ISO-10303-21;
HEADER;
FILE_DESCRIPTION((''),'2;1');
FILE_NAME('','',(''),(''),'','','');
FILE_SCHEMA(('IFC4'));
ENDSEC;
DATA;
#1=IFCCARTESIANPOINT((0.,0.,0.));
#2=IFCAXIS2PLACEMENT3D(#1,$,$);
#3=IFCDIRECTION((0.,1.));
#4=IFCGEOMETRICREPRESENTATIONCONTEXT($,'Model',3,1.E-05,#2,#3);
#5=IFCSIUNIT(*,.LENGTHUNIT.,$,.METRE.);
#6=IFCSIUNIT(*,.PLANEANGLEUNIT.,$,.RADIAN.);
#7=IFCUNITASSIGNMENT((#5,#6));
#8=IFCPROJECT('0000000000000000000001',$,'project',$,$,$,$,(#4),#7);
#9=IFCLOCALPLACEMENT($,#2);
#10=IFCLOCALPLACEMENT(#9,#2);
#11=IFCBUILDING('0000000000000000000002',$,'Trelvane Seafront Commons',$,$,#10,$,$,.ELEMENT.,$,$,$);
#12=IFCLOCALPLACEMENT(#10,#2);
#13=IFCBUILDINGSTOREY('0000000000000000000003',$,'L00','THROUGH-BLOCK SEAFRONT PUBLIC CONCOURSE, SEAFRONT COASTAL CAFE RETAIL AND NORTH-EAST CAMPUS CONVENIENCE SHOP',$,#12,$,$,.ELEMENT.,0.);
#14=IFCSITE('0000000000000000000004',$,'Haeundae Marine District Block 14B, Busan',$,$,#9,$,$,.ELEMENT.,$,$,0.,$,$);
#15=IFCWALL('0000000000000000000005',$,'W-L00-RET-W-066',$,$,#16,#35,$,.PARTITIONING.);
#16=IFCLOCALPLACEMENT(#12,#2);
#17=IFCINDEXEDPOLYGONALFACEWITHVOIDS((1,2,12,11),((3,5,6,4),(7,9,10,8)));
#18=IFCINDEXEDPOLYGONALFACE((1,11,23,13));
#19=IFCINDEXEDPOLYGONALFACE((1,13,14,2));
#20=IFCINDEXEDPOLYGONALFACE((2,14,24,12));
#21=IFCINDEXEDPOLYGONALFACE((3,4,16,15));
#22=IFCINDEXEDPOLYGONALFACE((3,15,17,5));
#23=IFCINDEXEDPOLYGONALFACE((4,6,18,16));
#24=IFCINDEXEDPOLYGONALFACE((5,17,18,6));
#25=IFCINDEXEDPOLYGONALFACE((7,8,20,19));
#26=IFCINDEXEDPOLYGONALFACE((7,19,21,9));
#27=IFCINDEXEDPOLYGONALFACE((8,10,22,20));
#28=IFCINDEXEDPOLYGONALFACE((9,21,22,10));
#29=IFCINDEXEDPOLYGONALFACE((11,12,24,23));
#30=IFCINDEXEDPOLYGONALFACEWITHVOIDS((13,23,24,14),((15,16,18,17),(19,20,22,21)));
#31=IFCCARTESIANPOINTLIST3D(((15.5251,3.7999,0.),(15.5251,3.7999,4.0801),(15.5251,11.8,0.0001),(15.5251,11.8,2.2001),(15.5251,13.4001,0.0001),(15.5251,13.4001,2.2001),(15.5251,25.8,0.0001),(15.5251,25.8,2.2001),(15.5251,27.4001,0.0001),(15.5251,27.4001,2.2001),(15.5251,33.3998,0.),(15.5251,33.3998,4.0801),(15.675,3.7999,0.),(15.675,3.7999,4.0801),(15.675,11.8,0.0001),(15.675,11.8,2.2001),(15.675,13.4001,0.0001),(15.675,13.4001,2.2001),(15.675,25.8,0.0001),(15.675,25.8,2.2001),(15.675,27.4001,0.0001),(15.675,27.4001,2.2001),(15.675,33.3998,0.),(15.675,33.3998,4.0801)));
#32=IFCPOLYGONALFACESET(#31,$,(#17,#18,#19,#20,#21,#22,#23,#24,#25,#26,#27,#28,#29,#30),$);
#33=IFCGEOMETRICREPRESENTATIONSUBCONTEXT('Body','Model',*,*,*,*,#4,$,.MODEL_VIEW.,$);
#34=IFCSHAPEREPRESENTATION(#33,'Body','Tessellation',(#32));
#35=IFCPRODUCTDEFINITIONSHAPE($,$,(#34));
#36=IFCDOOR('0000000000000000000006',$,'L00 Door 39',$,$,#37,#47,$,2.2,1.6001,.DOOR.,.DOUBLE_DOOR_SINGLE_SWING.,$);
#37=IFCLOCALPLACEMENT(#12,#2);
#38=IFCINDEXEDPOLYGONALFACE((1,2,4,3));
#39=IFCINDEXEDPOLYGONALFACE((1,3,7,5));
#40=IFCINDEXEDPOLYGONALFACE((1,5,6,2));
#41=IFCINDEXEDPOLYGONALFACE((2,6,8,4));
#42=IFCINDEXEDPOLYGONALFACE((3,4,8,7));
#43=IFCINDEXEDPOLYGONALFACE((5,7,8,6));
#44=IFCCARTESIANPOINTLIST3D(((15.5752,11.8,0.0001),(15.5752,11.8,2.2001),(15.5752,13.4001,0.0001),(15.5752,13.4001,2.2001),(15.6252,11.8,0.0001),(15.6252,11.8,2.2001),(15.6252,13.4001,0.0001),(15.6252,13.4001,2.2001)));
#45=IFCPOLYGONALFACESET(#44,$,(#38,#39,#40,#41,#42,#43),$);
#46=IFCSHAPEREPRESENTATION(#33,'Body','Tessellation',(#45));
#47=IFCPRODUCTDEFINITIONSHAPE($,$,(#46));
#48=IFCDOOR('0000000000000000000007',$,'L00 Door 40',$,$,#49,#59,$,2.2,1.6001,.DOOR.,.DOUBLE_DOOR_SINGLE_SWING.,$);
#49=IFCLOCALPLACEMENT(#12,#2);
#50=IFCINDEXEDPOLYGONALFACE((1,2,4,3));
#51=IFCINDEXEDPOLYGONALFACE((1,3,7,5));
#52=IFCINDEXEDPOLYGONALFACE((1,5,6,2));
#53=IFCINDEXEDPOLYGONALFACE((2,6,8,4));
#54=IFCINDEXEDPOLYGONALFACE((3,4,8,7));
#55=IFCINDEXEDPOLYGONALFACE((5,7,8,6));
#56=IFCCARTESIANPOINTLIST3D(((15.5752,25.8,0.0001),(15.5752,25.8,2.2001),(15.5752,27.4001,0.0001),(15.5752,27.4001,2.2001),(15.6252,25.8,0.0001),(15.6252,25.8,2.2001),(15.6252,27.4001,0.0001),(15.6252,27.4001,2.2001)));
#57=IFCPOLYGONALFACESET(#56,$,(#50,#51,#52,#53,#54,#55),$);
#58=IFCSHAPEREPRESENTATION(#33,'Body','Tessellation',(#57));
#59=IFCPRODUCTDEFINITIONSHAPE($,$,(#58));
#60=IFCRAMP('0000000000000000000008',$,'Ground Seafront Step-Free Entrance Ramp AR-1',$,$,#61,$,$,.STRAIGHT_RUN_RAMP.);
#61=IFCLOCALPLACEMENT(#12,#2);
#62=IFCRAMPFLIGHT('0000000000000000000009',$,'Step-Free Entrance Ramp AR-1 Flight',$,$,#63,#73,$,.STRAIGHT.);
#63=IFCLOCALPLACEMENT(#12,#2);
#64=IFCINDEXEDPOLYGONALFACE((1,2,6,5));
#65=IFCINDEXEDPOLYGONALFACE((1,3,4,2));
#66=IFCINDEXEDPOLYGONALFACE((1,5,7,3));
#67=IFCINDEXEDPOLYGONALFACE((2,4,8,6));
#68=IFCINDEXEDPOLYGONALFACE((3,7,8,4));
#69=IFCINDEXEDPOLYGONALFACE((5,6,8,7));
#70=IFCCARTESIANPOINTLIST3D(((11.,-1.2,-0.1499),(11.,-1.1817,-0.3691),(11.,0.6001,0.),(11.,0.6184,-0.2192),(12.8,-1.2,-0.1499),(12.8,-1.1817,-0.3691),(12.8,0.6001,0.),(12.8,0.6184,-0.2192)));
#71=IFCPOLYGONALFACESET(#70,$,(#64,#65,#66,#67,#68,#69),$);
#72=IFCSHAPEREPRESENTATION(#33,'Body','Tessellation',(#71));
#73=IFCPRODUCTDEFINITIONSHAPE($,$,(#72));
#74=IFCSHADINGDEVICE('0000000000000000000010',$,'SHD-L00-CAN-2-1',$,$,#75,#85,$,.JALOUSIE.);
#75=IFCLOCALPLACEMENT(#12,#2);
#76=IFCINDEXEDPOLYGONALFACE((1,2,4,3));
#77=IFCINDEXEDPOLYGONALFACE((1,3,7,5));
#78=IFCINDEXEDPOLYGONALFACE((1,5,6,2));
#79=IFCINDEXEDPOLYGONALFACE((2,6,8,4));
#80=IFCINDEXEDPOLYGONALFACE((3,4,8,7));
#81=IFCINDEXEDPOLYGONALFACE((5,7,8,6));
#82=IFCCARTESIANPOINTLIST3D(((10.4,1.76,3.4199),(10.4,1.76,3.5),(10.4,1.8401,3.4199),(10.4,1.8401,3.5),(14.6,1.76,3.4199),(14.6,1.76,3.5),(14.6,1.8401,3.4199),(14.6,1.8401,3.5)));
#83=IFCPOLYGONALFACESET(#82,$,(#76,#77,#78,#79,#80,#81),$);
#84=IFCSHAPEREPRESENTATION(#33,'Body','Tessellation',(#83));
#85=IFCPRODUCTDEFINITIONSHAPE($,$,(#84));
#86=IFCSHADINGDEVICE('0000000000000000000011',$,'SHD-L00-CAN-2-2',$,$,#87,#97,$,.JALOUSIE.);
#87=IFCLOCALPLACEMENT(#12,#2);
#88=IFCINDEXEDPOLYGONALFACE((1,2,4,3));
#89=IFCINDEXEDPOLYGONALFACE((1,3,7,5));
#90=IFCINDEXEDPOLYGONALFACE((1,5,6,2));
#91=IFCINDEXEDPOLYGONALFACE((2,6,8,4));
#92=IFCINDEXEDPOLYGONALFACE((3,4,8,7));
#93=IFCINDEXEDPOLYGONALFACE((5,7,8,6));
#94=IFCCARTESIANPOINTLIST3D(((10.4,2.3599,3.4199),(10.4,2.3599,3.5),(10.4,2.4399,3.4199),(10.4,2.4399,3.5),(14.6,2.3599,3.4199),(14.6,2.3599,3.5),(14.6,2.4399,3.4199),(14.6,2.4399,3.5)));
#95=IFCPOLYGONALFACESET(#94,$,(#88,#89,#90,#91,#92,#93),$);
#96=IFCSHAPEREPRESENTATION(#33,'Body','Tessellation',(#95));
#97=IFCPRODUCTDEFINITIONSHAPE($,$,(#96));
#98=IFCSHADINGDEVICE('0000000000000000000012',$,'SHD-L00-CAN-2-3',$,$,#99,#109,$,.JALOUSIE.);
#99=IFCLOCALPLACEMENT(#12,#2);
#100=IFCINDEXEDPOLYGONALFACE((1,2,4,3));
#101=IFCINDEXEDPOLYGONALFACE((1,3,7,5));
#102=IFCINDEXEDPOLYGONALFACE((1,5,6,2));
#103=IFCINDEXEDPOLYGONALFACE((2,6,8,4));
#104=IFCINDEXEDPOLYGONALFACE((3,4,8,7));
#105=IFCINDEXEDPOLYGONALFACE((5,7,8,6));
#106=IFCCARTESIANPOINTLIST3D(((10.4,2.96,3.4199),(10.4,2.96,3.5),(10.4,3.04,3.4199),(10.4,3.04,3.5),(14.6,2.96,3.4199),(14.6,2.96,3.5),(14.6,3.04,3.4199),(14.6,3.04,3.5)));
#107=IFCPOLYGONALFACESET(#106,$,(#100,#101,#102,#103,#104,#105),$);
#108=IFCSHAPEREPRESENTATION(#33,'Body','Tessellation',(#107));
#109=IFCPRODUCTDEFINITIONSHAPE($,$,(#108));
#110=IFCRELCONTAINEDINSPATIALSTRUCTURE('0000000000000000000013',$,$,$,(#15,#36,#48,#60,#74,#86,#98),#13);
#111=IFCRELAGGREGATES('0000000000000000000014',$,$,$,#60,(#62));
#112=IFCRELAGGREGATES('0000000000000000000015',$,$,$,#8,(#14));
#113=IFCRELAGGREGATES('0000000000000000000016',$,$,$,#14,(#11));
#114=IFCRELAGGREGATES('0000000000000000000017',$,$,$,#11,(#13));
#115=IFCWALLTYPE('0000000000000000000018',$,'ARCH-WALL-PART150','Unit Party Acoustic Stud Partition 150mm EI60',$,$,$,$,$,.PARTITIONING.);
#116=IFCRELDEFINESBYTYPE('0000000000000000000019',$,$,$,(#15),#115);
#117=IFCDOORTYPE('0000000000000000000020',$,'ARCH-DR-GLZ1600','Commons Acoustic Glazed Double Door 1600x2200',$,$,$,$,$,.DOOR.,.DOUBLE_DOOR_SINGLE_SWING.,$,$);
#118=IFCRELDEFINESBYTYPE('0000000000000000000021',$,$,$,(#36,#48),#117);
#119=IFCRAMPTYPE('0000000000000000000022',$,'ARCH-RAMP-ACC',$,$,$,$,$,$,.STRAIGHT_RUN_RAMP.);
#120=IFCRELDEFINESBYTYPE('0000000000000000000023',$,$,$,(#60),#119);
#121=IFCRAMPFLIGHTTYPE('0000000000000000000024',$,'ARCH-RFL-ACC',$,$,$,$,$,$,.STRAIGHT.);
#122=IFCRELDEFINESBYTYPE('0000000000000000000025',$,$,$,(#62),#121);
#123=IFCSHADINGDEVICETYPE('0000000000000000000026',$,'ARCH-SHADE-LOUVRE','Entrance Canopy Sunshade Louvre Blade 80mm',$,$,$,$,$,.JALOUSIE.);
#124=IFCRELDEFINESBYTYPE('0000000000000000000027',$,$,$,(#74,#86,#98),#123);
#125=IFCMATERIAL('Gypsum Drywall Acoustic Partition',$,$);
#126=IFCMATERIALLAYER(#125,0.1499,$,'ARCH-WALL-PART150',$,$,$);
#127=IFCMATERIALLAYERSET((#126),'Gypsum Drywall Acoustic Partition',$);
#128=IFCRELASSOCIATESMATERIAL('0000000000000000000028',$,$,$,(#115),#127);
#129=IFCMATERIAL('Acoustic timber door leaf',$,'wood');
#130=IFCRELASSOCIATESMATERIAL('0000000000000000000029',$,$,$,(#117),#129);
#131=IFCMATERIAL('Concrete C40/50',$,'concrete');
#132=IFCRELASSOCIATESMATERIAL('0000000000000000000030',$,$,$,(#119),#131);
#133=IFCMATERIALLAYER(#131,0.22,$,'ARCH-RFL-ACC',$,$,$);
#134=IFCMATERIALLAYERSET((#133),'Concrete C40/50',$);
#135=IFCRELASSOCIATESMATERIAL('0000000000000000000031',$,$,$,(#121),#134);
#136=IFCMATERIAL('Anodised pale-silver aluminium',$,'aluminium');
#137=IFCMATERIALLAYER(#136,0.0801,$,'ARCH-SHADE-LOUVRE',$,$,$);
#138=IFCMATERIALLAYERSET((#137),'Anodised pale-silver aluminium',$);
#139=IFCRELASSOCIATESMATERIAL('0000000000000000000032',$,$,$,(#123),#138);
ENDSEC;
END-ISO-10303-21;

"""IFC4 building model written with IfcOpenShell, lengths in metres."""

from ifc_helpers import new_model, si_unit, direction, frame, frame_2d, origin, origin_2d, place, context, subcontext, project, spatial, polyline, rectangle, outline, extrude, source, transform, mapped, material, layer, layer_set, type_object, element, fill, aggregate, save


model = new_model("IFC4")

# Units and contexts
model_context = context("Model", 3, precision=1e-05, world=origin(), true_north=direction((0.0, 1.0)))
body_context = subcontext(model_context, "Body", "Model", "MODEL_VIEW")
ifc_project = project(units=[si_unit("LENGTHUNIT", "METRE"), si_unit("PLANEANGLEUNIT", "RADIAN")], contexts=[model_context])

# Site, building, storey
site_placement = place(None, origin())
site = spatial("IfcSite", under=ifc_project, at=site_placement, Name="Haeundae Marine District Block 14B, Busan", CompositionType="ELEMENT", RefElevation=0.0)
building_placement = place(site_placement, origin())
building = spatial("IfcBuilding", under=site, at=building_placement, Name="Trelvane Seafront Commons", CompositionType="ELEMENT")
storey_placement = place(building_placement, origin())
storey = spatial("IfcBuildingStorey", under=building, at=storey_placement, Name="L00", Description="THROUGH-BLOCK SEAFRONT PUBLIC CONCOURSE, SEAFRONT COASTAL CAFE RETAIL AND NORTH-EAST CAMPUS CONVENIENCE SHOP", CompositionType="ELEMENT", Elevation=0.0)

# Shared definitions
ifc_material_1 = material(Name="Concrete C40/50", Category="concrete")

# Wall, openings, doors
ifc_material_2 = material(Name="Gypsum Drywall Acoustic Partition")
ifc_layer_1 = layer(ifc_material_2, 0.1499, Name="ARCH-WALL-PART150")
ifc_layer_set_1 = layer_set([ifc_layer_1], Name="Gypsum Drywall Acoustic Partition")
wall_type_1 = type_object("IfcWallType", Name="ARCH-WALL-PART150", Description="Unit Party Acoustic Stud Partition 150mm EI60", PredefinedType="PARTITIONING", material=ifc_layer_set_1)
wall_1_placement = place(storey_placement, frame((15.6001, 3.8, 0.0), z_axis=(0.0, 0.0, 1.0), x_axis=(0.0, 1.0, 0.0)))
wall_1 = element("IfcWall", 1, at=wall_1_placement, inside=storey, type_object=wall_type_1, Name="W-L00-RET-W-066", PredefinedType="PARTITIONING", context=body_context, shape_type="SweptSolid", body=[
    extrude(rectangle(XDim=29.5999, YDim=0.1499, at=frame_2d((14.7998, 0.0))), origin(), (0.0, 0.0, 1.0), 4.0801),
])
opening_1_placement = place(wall_1_placement, frame((8.0, 0.0, 0.0)))
opening_1 = element("IfcOpeningElement", 2, at=opening_1_placement, cuts=wall_1, PredefinedType="OPENING", context=body_context, shape_type="SweptSolid", body=[
    extrude(rectangle(XDim=1.6001, YDim=2.2, at=frame_2d((0.8, 1.1001))), frame((0.0, 0.085, 0.0), z_axis=(0.0, -1.0, 0.0), x_axis=(1.0, 0.0, 0.0)), (0.0, 0.0, 1.0), 0.1699),
])
opening_2_placement = place(wall_1_placement, frame((22.0, 0.0, 0.0)))
opening_2 = element("IfcOpeningElement", 3, at=opening_2_placement, cuts=wall_1, PredefinedType="OPENING", context=body_context, shape_type="SweptSolid", body=[
    extrude(rectangle(XDim=1.6001, YDim=2.2, at=frame_2d((0.8, 1.1001))), frame((0.0, 0.085, 0.0), z_axis=(0.0, -1.0, 0.0), x_axis=(1.0, 0.0, 0.0)), (0.0, 0.0, 1.0), 0.1699),
])
ifc_material_3 = material(Name="Acoustic timber door leaf", Category="wood")
door_type_1 = type_object("IfcDoorType", Name="ARCH-DR-GLZ1600", Description="Commons Acoustic Glazed Double Door 1600x2200", OperationType="DOUBLE_DOOR_SINGLE_SWING", PredefinedType="DOOR", material=ifc_material_3)
shared_shape_1 = source(origin(), body_context, "Body", "SweptSolid", [
    extrude(rectangle(XDim=1.6001, YDim=2.2, at=frame_2d((0.8, 1.1001))), frame((0.0, 0.0249, 0.0), z_axis=(0.0, -1.0, 0.0), x_axis=(1.0, 0.0, 0.0)), (0.0, 0.0, 1.0), 0.05),
])
door_1_placement = place(opening_1_placement, origin())
door_1 = element("IfcDoor", 4, at=door_1_placement, inside=storey, type_object=door_type_1, Name="L00 Door 39", OperationType="DOUBLE_DOOR_SINGLE_SWING", OverallHeight=2.2, OverallWidth=1.6001, PredefinedType="DOOR", context=body_context, shape_type="MappedRepresentation", body=[
    mapped(shared_shape_1, transform((0.0, 0.0, 0.0), x_axis=(1.0, 0.0, 0.0), y_axis=(0.0, 1.0, 0.0), z_axis=(0.0, 0.0, 1.0), scale=1.0)),
])
fill(opening_1, door_1)
door_2_placement = place(opening_2_placement, origin())
door_2 = element("IfcDoor", 5, at=door_2_placement, inside=storey, type_object=door_type_1, Name="L00 Door 40", OperationType="DOUBLE_DOOR_SINGLE_SWING", OverallHeight=2.2, OverallWidth=1.6001, PredefinedType="DOOR", context=body_context, shape_type="MappedRepresentation", body=[
    mapped(shared_shape_1, transform((0.0, 0.0, 0.0), x_axis=(1.0, 0.0, 0.0), y_axis=(0.0, 1.0, 0.0), z_axis=(0.0, 0.0, 1.0), scale=1.0)),
])
fill(opening_2, door_2)

# Ramp, ramp flight
ramp_type = type_object("IfcRampType", Name="ARCH-RAMP-ACC", PredefinedType="STRAIGHT_RUN_RAMP", material=ifc_material_1)
ramp_placement = place(storey_placement, origin())
ramp = element("IfcRamp", 6, at=ramp_placement, inside=storey, type_object=ramp_type, Name="Ground Seafront Step-Free Entrance Ramp AR-1", PredefinedType="STRAIGHT_RUN_RAMP")
ifc_layer_2 = layer(ifc_material_1, 0.22, Name="ARCH-RFL-ACC")
ifc_layer_set_2 = layer_set([ifc_layer_2], Name="Concrete C40/50")
ramp_flight_type = type_object("IfcRampFlightType", Name="ARCH-RFL-ACC", PredefinedType="STRAIGHT", material=ifc_layer_set_2)
ramp_flight_placement = place(storey_placement, frame((11.0, -1.2, -0.1499), z_axis=(0.0, -0.08299, 0.99655), x_axis=(1.0, 0.0, 0.0)))
ramp_flight = element("IfcRampFlight", 7, at=ramp_flight_placement, type_object=ramp_flight_type, Name="Step-Free Entrance Ramp AR-1 Flight", PredefinedType="STRAIGHT", context=body_context, shape_type="SweptSolid", body=[
    extrude(outline(polyline([(0.0, 0.0), (1.8, 0.0), (1.8, 1.8063), (0.0, 1.8063), (0.0, 0.0)])), origin(), (0.0, 0.0, -1.0), 0.22),
])
aggregate(ramp, [ramp_flight])

# Shading devices
ifc_material_4 = material(Name="Anodised pale-silver aluminium", Category="aluminium")
ifc_layer_3 = layer(ifc_material_4, 0.0801, Name="ARCH-SHADE-LOUVRE")
ifc_layer_set_3 = layer_set([ifc_layer_3], Name="Anodised pale-silver aluminium")
shading_device_type = type_object("IfcShadingDeviceType", Name="ARCH-SHADE-LOUVRE", Description="Entrance Canopy Sunshade Louvre Blade 80mm", PredefinedType="JALOUSIE", material=ifc_layer_set_3)
shared_shape_2 = source(origin(), body_context, "Body", "SweptSolid", [
    extrude(rectangle(XDim=4.2, YDim=0.0801, at=origin_2d()), origin(), (0.0, 0.0, 1.0), 0.0801),
])
for number, where, z_axis, x_axis, name in (
    (8, (12.5, 1.8, 3.4199), (0.0, 0.0, 1.0), (1.0, 0.0, 0.0), "SHD-L00-CAN-2-1"),
    (9, (12.5, 2.3999, 3.4199), (0.0, 0.0, 1.0), (1.0, 0.0, 0.0), "SHD-L00-CAN-2-2"),
    (10, (12.5, 3.0, 3.4199), (0.0, 0.0, 1.0), (1.0, 0.0, 0.0), "SHD-L00-CAN-2-3"),
):
    element("IfcShadingDevice", number, at=place(storey_placement, frame(where, z_axis=z_axis, x_axis=x_axis)), inside=storey, type_object=shading_device_type, Name=name, PredefinedType="JALOUSIE", context=body_context, shape_type="MappedRepresentation", body=[
        mapped(shared_shape_2, transform((0.0, 0.0, 0.0), x_axis=(1.0, 0.0, 0.0), y_axis=(0.0, 1.0, 0.0), z_axis=(0.0, 0.0, 1.0), scale=1.0)),
    ])

save(model, "model.ifc")
